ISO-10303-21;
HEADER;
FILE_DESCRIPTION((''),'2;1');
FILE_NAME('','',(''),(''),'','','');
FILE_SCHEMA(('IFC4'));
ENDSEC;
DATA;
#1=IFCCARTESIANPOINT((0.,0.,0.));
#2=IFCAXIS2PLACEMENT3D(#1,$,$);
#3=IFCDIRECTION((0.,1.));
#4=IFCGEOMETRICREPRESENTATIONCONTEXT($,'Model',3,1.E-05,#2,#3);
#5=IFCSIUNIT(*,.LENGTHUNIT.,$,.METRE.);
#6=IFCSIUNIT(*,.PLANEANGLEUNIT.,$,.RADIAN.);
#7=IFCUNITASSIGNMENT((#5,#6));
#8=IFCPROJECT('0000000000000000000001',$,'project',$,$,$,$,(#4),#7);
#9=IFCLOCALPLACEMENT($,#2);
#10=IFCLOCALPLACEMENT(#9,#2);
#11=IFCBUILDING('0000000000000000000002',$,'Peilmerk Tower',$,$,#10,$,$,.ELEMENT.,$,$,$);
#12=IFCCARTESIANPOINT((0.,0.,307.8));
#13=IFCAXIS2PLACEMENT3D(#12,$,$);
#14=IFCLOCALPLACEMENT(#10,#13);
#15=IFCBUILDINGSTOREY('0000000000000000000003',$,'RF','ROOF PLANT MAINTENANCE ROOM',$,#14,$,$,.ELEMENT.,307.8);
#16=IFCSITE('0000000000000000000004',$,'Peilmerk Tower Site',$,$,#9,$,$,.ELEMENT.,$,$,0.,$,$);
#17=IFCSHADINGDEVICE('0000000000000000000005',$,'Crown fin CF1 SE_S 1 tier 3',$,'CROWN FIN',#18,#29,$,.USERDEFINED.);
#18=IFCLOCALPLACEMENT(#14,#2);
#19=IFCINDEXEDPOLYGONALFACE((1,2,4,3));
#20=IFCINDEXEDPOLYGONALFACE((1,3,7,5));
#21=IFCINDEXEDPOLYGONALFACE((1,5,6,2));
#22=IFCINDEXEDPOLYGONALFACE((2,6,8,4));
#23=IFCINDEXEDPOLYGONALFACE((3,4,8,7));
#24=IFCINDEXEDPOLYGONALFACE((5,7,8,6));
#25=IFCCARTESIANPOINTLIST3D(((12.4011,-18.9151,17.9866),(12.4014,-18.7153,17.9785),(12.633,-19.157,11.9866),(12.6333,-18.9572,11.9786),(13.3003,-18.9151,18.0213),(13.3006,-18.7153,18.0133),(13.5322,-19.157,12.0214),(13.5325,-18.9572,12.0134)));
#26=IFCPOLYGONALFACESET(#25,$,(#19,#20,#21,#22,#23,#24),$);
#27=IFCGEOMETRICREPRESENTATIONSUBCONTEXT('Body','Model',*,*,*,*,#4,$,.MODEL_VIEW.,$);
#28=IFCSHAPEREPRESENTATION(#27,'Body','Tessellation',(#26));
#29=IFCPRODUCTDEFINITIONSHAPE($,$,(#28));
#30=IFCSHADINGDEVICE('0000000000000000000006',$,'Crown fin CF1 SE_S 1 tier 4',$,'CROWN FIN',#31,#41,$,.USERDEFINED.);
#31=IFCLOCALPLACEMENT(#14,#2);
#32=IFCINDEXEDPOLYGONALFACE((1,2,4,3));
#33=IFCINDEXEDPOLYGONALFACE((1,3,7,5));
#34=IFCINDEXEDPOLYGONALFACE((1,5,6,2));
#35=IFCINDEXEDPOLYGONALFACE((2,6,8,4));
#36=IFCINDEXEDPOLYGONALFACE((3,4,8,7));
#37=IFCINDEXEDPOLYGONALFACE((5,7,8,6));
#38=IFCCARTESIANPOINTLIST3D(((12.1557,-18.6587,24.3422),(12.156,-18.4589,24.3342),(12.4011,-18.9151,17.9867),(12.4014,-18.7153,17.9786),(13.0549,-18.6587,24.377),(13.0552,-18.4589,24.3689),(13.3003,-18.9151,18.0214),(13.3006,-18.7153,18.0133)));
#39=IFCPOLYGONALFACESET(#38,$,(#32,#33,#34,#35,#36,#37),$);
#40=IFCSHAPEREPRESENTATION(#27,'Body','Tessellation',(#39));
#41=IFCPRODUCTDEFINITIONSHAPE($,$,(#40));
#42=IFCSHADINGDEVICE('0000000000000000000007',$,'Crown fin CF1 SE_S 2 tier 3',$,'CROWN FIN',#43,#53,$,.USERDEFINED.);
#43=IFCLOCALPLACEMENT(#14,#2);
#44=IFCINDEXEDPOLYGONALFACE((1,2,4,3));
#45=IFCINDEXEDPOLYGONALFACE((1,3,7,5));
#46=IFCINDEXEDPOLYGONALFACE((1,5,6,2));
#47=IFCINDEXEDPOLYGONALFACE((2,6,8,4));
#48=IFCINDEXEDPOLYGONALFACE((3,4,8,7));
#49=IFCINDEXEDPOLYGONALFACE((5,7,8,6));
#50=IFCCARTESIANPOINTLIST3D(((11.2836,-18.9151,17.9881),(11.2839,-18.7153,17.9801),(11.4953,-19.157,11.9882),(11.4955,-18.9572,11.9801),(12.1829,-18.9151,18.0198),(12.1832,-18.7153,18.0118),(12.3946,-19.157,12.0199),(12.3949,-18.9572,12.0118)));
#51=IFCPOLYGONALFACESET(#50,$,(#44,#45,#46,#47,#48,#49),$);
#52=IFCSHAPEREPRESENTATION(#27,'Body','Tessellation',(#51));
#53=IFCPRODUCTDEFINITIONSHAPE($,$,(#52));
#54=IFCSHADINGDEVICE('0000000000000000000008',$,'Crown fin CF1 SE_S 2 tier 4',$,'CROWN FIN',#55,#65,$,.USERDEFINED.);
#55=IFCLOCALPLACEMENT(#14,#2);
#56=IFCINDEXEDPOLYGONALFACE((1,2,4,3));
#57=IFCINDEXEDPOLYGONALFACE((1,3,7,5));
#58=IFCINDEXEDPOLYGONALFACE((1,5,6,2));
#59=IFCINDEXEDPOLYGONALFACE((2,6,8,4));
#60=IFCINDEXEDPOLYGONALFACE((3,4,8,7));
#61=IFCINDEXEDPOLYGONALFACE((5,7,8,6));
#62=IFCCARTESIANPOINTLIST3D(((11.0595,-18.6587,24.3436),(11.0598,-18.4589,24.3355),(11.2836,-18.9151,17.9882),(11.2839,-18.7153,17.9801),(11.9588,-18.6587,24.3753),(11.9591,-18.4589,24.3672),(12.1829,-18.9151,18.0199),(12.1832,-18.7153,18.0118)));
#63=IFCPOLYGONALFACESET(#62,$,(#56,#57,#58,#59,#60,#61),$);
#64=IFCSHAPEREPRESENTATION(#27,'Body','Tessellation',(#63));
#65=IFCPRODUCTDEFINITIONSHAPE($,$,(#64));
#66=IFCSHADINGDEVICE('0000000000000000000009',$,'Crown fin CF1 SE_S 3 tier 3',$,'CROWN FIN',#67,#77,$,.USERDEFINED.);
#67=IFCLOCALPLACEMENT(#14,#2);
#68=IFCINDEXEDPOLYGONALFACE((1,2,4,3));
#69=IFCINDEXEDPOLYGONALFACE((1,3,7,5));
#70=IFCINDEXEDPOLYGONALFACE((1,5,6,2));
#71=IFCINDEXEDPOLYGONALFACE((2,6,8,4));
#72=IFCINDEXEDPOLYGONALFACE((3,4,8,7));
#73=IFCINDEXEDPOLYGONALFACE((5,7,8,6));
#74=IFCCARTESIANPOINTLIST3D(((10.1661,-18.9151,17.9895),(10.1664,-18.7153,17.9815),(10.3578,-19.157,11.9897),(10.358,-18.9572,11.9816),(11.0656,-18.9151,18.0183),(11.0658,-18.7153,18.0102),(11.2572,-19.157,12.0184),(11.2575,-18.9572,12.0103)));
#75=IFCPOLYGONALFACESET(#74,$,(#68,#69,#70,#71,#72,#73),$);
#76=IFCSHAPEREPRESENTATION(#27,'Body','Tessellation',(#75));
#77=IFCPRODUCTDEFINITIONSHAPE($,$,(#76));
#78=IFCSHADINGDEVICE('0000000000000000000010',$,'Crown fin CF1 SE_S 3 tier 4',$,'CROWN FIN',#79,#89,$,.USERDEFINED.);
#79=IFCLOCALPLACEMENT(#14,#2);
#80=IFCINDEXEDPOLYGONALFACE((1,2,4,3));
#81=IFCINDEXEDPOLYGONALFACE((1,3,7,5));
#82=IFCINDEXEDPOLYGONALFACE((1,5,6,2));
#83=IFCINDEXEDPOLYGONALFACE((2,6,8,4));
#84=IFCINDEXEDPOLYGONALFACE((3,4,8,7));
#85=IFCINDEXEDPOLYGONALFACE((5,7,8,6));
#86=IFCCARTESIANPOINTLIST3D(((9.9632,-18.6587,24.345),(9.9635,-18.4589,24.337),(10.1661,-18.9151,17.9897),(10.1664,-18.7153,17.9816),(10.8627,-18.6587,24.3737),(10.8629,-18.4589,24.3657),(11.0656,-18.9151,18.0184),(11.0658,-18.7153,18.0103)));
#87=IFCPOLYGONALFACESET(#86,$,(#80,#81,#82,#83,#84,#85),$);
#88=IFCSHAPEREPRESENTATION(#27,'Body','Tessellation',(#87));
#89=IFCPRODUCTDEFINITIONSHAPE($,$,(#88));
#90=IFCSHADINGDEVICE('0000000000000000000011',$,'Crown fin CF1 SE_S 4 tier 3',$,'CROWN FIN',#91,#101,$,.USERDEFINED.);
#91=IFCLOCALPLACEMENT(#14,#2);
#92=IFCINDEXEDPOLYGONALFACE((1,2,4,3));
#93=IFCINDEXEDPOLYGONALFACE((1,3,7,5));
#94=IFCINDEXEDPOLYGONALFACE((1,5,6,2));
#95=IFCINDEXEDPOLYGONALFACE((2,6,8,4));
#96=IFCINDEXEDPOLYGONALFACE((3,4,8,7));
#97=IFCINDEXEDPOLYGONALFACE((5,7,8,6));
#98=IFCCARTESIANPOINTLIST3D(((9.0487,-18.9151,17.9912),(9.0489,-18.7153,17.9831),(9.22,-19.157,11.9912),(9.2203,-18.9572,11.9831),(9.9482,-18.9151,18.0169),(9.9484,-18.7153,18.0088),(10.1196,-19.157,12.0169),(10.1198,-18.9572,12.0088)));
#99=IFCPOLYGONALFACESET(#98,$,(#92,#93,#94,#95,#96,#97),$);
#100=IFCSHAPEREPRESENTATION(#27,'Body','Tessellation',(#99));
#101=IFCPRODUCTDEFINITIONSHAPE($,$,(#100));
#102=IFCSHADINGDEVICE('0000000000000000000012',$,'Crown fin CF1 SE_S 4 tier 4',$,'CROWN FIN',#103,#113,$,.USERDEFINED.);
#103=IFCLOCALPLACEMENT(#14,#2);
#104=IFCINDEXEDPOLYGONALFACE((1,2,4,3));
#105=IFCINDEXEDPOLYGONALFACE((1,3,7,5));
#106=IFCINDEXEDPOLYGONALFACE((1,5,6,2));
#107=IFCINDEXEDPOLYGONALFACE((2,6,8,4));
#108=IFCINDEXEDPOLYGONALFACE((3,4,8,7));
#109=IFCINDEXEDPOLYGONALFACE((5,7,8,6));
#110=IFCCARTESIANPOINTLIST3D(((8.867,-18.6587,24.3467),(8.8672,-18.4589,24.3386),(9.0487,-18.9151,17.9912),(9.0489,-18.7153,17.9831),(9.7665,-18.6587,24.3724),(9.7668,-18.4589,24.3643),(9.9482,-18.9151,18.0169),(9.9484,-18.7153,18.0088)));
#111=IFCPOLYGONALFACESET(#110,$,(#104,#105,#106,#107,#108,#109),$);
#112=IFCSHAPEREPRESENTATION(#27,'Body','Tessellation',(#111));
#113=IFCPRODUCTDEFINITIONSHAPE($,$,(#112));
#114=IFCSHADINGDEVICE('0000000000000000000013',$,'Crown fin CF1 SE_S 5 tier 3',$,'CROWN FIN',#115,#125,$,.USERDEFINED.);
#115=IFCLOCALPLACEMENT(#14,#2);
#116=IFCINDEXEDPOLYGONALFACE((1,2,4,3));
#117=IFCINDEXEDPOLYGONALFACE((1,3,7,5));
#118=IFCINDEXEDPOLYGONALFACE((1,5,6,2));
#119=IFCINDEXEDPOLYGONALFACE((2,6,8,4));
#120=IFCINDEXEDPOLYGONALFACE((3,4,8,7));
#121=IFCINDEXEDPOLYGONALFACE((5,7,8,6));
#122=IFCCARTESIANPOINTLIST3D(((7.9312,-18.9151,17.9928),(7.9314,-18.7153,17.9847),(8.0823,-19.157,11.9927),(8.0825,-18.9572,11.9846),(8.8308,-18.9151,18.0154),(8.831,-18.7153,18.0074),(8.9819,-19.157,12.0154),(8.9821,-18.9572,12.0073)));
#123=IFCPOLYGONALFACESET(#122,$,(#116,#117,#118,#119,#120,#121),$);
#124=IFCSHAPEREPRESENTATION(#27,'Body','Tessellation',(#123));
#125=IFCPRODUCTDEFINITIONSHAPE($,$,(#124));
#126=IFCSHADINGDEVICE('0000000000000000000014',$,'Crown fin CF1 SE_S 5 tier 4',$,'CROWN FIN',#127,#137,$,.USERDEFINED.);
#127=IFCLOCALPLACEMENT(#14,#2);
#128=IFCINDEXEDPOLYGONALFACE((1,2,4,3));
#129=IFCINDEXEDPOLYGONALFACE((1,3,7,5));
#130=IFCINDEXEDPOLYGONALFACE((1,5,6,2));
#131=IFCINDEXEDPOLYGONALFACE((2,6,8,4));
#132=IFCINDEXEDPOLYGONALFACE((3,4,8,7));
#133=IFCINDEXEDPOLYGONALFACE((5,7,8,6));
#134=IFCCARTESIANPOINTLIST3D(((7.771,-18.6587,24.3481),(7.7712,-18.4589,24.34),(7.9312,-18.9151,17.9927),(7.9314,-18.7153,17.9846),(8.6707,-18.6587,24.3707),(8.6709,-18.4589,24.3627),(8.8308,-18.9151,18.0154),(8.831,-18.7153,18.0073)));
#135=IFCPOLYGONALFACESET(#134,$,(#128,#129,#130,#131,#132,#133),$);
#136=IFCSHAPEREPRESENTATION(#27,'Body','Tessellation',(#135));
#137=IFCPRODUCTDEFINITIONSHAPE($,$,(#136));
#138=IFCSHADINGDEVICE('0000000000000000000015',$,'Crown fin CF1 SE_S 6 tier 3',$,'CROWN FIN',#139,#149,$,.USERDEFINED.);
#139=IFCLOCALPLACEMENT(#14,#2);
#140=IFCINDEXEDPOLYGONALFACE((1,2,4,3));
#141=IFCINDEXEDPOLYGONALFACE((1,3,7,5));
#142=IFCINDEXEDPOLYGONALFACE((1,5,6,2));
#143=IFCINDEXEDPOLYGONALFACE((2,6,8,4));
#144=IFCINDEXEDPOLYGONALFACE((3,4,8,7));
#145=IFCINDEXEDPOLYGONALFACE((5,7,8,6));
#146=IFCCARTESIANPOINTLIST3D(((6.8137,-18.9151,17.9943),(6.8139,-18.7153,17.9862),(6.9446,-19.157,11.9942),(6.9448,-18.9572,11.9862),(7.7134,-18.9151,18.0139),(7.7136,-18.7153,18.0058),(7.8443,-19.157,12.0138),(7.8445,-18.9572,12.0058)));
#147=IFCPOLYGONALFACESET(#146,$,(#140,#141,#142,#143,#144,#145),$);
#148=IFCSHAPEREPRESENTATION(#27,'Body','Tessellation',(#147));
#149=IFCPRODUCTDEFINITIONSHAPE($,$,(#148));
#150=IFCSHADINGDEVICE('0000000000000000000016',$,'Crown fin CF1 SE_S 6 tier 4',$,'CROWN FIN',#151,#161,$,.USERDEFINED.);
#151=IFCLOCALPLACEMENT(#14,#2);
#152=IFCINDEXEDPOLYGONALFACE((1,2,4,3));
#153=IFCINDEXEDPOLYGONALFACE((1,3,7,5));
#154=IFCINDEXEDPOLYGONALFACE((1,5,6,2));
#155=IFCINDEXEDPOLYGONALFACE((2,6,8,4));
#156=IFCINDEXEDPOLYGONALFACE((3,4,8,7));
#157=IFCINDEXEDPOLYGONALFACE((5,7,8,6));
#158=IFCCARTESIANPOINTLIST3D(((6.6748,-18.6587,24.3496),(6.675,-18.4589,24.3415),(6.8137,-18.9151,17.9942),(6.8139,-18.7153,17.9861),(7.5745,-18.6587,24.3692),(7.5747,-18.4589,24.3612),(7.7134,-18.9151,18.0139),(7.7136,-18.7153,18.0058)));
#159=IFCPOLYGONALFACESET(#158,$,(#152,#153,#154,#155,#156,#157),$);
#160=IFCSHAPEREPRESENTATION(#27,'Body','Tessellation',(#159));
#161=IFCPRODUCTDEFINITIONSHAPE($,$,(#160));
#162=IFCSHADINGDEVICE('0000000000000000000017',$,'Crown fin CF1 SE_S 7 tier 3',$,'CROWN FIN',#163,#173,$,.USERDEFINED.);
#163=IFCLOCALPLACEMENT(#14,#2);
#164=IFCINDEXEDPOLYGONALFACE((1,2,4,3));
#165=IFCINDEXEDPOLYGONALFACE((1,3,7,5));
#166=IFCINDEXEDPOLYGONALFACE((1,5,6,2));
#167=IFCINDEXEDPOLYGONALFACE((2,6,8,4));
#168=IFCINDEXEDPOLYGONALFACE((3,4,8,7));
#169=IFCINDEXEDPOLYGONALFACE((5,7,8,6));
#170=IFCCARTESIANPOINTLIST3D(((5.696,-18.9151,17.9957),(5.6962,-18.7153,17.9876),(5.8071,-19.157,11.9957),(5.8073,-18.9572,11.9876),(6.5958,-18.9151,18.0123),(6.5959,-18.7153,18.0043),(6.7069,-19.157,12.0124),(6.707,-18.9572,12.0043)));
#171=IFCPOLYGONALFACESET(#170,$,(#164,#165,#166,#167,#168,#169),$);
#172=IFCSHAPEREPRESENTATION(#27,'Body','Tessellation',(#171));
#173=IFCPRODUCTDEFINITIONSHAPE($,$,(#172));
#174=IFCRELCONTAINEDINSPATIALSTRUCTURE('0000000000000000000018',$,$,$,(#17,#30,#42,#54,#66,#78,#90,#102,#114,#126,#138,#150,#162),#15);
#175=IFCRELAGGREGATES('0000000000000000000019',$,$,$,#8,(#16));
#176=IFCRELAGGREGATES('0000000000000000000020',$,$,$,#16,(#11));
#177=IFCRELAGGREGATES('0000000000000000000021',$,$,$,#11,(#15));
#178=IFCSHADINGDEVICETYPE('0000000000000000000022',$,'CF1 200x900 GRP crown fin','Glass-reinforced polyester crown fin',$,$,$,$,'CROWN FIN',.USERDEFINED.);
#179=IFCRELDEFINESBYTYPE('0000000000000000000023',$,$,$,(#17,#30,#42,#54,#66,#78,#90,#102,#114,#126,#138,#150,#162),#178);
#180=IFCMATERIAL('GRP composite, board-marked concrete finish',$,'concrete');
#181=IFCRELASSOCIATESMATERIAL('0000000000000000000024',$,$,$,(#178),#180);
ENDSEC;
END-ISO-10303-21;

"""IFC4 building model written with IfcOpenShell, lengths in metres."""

from ifc_helpers import new_model, si_unit, direction, frame, origin, origin_2d, place, context, subcontext, project, spatial, rectangle, extrude, source, transform, mapped, material, material_profile, profile_set, type_object, element, save


model = new_model("IFC4")

# Units and contexts
model_context = context("Model", 3, precision=1e-05, world=origin(), true_north=direction((0.0, 1.0)))
body_context = subcontext(model_context, "Body", "Model", "MODEL_VIEW")
ifc_project = project(units=[si_unit("LENGTHUNIT", "METRE"), si_unit("PLANEANGLEUNIT", "RADIAN")], contexts=[model_context])

# Site, building, storey
site_placement = place(None, origin())
site = spatial("IfcSite", under=ifc_project, at=site_placement, Name="Peilmerk Tower Site", CompositionType="ELEMENT", RefElevation=0.0)
building_placement = place(site_placement, origin())
building = spatial("IfcBuilding", under=site, at=building_placement, Name="Peilmerk Tower", CompositionType="ELEMENT")
storey_placement = place(building_placement, frame((0.0, 0.0, 307.8)))
storey = spatial("IfcBuildingStorey", under=building, at=storey_placement, Name="RF", Description="ROOF PLANT MAINTENANCE ROOM", CompositionType="ELEMENT", Elevation=307.8)

# Shading devices
ifc_material_1 = material(Name="GRP composite, board-marked concrete finish", Category="concrete")
ifc_material_profile = material_profile(ifc_material_1, rectangle(XDim=0.2, YDim=0.8999, at=origin_2d()), Name="CF1 200x900")
ifc_profile_set = profile_set([ifc_material_profile], Name="GRP composite, board-marked concrete finish")
shading_device_type = type_object("IfcShadingDeviceType", Name="CF1 200x900 GRP crown fin", Description="Glass-reinforced polyester crown fin", ElementType="CROWN FIN", PredefinedType="USERDEFINED", material=ifc_profile_set)
shared_shape_1 = source(origin(), body_context, "Body", "SweptSolid", [
    extrude(rectangle(XDim=0.2, YDim=0.8999, at=origin_2d()), origin(), (0.0, 0.0, 1.0), 6.0093),
])
shading_device_1_placement = place(storey_placement, frame((13.0828, -19.0571, 12.0), z_axis=(-0.038595, 0.040261, 0.998444), x_axis=(-0.001555, -0.999189, 0.040231)))
element("IfcShadingDevice", 1, at=shading_device_1_placement, inside=storey, type_object=shading_device_type, Name="Crown fin CF1 SE_S 1 tier 3", ObjectType="CROWN FIN", PredefinedType="USERDEFINED", context=body_context, shape_type="MappedRepresentation", body=[
    mapped(shared_shape_1, transform((0.0, 0.0, 0.0), scale=1.0)),
])
shared_shape_2 = source(origin(), body_context, "Body", "SweptSolid", [
    extrude(rectangle(XDim=0.2, YDim=0.8999, at=origin_2d()), origin(), (0.0, 0.0, 1.0), 6.3655),
])
shading_device_2_placement = place(storey_placement, frame((12.8508, -18.8152, 18.0), z_axis=(-0.038546, 0.040272, 0.998445), x_axis=(-0.001554, -0.999189, 0.040242)))
element("IfcShadingDevice", 2, at=shading_device_2_placement, inside=storey, type_object=shading_device_type, Name="Crown fin CF1 SE_S 1 tier 4", ObjectType="CROWN FIN", PredefinedType="USERDEFINED", context=body_context, shape_type="MappedRepresentation", body=[
    mapped(shared_shape_2, transform((0.0, 0.0, 0.0), scale=1.0)),
])
shared_shape_3 = source(origin(), body_context, "Body", "SweptSolid", [
    extrude(rectangle(XDim=0.2, YDim=0.8999, at=origin_2d()), origin(), (0.0, 0.0, 1.0), 6.0085),
])
shading_device_3_placement = place(storey_placement, frame((11.9451, -19.0571, 12.0), z_axis=(-0.035228, 0.040266, 0.998568), x_axis=(-0.00142, -0.999189, 0.040241)))
element("IfcShadingDevice", 3, at=shading_device_3_placement, inside=storey, type_object=shading_device_type, Name="Crown fin CF1 SE_S 2 tier 3", ObjectType="CROWN FIN", PredefinedType="USERDEFINED", context=body_context, shape_type="MappedRepresentation", body=[
    mapped(shared_shape_3, transform((0.0, 0.0, 0.0), scale=1.0)),
])
shared_shape_4 = source(origin(), body_context, "Body", "SweptSolid", [
    extrude(rectangle(XDim=0.2, YDim=0.8999, at=origin_2d()), origin(), (0.0, 0.0, 1.0), 6.3645),
])
shading_device_4_placement = place(storey_placement, frame((11.7334, -18.8152, 18.0), z_axis=(-0.035214, 0.040277, 0.998568), x_axis=(-0.001419, -0.999189, 0.040252)))
element("IfcShadingDevice", 4, at=shading_device_4_placement, inside=storey, type_object=shading_device_type, Name="Crown fin CF1 SE_S 2 tier 4", ObjectType="CROWN FIN", PredefinedType="USERDEFINED", context=body_context, shape_type="MappedRepresentation", body=[
    mapped(shared_shape_4, transform((0.0, 0.0, 0.0), scale=1.0)),
])
shared_shape_5 = source(origin(), body_context, "Body", "SweptSolid", [
    extrude(rectangle(XDim=0.2, YDim=0.8999, at=origin_2d()), origin(), (0.0, 0.0, 1.0), 6.0078),
])
shading_device_5_placement = place(storey_placement, frame((10.8076, -19.0571, 12.0), z_axis=(-0.0319, 0.040271, 0.998679), x_axis=(-0.001286, -0.999189, 0.04025)))
element("IfcShadingDevice", 5, at=shading_device_5_placement, inside=storey, type_object=shading_device_type, Name="Crown fin CF1 SE_S 3 tier 3", ObjectType="CROWN FIN", PredefinedType="USERDEFINED", context=body_context, shape_type="MappedRepresentation", body=[
    mapped(shared_shape_5, transform((0.0, 0.0, 0.0), scale=1.0)),
])
shared_shape_6 = source(origin(), body_context, "Body", "SweptSolid", [
    extrude(rectangle(XDim=0.2, YDim=0.8999, at=origin_2d()), origin(), (0.0, 0.0, 1.0), 6.3638),
])
shading_device_6_placement = place(storey_placement, frame((10.616, -18.8152, 18.0), z_axis=(-0.03188, 0.040282, 0.99868), x_axis=(-0.001285, -0.999188, 0.040261)))
element("IfcShadingDevice", 6, at=shading_device_6_placement, inside=storey, type_object=shading_device_type, Name="Crown fin CF1 SE_S 3 tier 4", ObjectType="CROWN FIN", PredefinedType="USERDEFINED", context=body_context, shape_type="MappedRepresentation", body=[
    mapped(shared_shape_6, transform((0.0, 0.0, 0.0), scale=1.0)),
])
shared_shape_7 = source(origin(), body_context, "Body", "SweptSolid", [
    extrude(rectangle(XDim=0.2, YDim=0.8999, at=origin_2d()), origin(), (0.0, 0.0, 1.0), 6.0073),
])
shading_device_7_placement = place(storey_placement, frame((9.6699, -19.0571, 12.0), z_axis=(-0.02853, 0.040275, 0.998781), x_axis=(-0.00115, -0.999189, 0.040258)))
element("IfcShadingDevice", 7, at=shading_device_7_placement, inside=storey, type_object=shading_device_type, Name="Crown fin CF1 SE_S 4 tier 3", ObjectType="CROWN FIN", PredefinedType="USERDEFINED", context=body_context, shape_type="MappedRepresentation", body=[
    mapped(shared_shape_7, transform((0.0, 0.0, 0.0), scale=1.0)),
])
shared_shape_8 = source(origin(), body_context, "Body", "SweptSolid", [
    extrude(rectangle(XDim=0.2, YDim=0.8999, at=origin_2d()), origin(), (0.0, 0.0, 1.0), 6.3633),
])
shading_device_8_placement = place(storey_placement, frame((9.4985, -18.8152, 18.0), z_axis=(-0.028545, 0.040286, 0.99878), x_axis=(-0.001151, -0.999188, 0.040269)))
element("IfcShadingDevice", 8, at=shading_device_8_placement, inside=storey, type_object=shading_device_type, Name="Crown fin CF1 SE_S 4 tier 4", ObjectType="CROWN FIN", PredefinedType="USERDEFINED", context=body_context, shape_type="MappedRepresentation", body=[
    mapped(shared_shape_8, transform((0.0, 0.0, 0.0), scale=1.0)),
])
shared_shape_9 = source(origin(), body_context, "Body", "SweptSolid", [
    extrude(rectangle(XDim=0.2, YDim=0.8999, at=origin_2d()), origin(), (0.0, 0.0, 1.0), 6.0068),
])
shading_device_9_placement = place(storey_placement, frame((8.5322, -19.0571, 12.0), z_axis=(-0.025159, 0.040278, 0.998872), x_axis=(-0.001014, -0.999188, 0.040266)))
element("IfcShadingDevice", 9, at=shading_device_9_placement, inside=storey, type_object=shading_device_type, Name="Crown fin CF1 SE_S 5 tier 3", ObjectType="CROWN FIN", PredefinedType="USERDEFINED", context=body_context, shape_type="MappedRepresentation", body=[
    mapped(shared_shape_9, transform((0.0, 0.0, 0.0), scale=1.0)),
])
shared_shape_10 = source(origin(), body_context, "Body", "SweptSolid", [
    extrude(rectangle(XDim=0.2, YDim=0.8999, at=origin_2d()), origin(), (0.0, 0.0, 1.0), 6.3625),
])
shading_device_10_placement = place(storey_placement, frame((8.3811, -18.8152, 18.0), z_axis=(-0.025171, 0.040289, 0.998871), x_axis=(-0.001015, -0.999188, 0.040277)))
element("IfcShadingDevice", 10, at=shading_device_10_placement, inside=storey, type_object=shading_device_type, Name="Crown fin CF1 SE_S 5 tier 4", ObjectType="CROWN FIN", PredefinedType="USERDEFINED", context=body_context, shape_type="MappedRepresentation", body=[
    mapped(shared_shape_10, transform((0.0, 0.0, 0.0), scale=1.0)),
])
shared_shape_11 = source(origin(), body_context, "Body", "SweptSolid", [
    extrude(rectangle(XDim=0.2, YDim=0.8999, at=origin_2d()), origin(), (0.0, 0.0, 1.0), 6.0063),
])
shading_device_11_placement = place(storey_placement, frame((7.3945, -19.0571, 12.0), z_axis=(-0.021787, 0.040282, 0.998951), x_axis=(-0.000878, -0.999188, 0.040272)))
element("IfcShadingDevice", 11, at=shading_device_11_placement, inside=storey, type_object=shading_device_type, Name="Crown fin CF1 SE_S 6 tier 3", ObjectType="CROWN FIN", PredefinedType="USERDEFINED", context=body_context, shape_type="MappedRepresentation", body=[
    mapped(shared_shape_11, transform((0.0, 0.0, 0.0), scale=1.0)),
])
shared_shape_12 = source(origin(), body_context, "Body", "SweptSolid", [
    extrude(rectangle(XDim=0.2, YDim=0.8999, at=origin_2d()), origin(), (0.0, 0.0, 1.0), 6.3621),
])
shading_device_12_placement = place(storey_placement, frame((7.2637, -18.8152, 18.0), z_axis=(-0.021835, 0.040293, 0.998949), x_axis=(-0.00088, -0.999188, 0.040283)))
element("IfcShadingDevice", 12, at=shading_device_12_placement, inside=storey, type_object=shading_device_type, Name="Crown fin CF1 SE_S 6 tier 4", ObjectType="CROWN FIN", PredefinedType="USERDEFINED", context=body_context, shape_type="MappedRepresentation", body=[
    mapped(shared_shape_12, transform((0.0, 0.0, 0.0), scale=1.0)),
])
shared_shape_13 = source(origin(), body_context, "Body", "SweptSolid", [
    extrude(rectangle(XDim=0.2, YDim=0.8999, at=origin_2d()), origin(), (0.0, 0.0, 1.0), 6.0059),
])
shading_device_13_placement = place(storey_placement, frame((6.2571, -19.0571, 12.0), z_axis=(-0.018496, 0.040284, 0.999017), x_axis=(-0.000746, -0.999188, 0.040277)))
element("IfcShadingDevice", 13, at=shading_device_13_placement, inside=storey, type_object=shading_device_type, Name="Crown fin CF1 SE_S 7 tier 3", ObjectType="CROWN FIN", PredefinedType="USERDEFINED", context=body_context, shape_type="MappedRepresentation", body=[
    mapped(shared_shape_13, transform((0.0, 0.0, 0.0), scale=1.0)),
])

save(model, "model.ifc")
